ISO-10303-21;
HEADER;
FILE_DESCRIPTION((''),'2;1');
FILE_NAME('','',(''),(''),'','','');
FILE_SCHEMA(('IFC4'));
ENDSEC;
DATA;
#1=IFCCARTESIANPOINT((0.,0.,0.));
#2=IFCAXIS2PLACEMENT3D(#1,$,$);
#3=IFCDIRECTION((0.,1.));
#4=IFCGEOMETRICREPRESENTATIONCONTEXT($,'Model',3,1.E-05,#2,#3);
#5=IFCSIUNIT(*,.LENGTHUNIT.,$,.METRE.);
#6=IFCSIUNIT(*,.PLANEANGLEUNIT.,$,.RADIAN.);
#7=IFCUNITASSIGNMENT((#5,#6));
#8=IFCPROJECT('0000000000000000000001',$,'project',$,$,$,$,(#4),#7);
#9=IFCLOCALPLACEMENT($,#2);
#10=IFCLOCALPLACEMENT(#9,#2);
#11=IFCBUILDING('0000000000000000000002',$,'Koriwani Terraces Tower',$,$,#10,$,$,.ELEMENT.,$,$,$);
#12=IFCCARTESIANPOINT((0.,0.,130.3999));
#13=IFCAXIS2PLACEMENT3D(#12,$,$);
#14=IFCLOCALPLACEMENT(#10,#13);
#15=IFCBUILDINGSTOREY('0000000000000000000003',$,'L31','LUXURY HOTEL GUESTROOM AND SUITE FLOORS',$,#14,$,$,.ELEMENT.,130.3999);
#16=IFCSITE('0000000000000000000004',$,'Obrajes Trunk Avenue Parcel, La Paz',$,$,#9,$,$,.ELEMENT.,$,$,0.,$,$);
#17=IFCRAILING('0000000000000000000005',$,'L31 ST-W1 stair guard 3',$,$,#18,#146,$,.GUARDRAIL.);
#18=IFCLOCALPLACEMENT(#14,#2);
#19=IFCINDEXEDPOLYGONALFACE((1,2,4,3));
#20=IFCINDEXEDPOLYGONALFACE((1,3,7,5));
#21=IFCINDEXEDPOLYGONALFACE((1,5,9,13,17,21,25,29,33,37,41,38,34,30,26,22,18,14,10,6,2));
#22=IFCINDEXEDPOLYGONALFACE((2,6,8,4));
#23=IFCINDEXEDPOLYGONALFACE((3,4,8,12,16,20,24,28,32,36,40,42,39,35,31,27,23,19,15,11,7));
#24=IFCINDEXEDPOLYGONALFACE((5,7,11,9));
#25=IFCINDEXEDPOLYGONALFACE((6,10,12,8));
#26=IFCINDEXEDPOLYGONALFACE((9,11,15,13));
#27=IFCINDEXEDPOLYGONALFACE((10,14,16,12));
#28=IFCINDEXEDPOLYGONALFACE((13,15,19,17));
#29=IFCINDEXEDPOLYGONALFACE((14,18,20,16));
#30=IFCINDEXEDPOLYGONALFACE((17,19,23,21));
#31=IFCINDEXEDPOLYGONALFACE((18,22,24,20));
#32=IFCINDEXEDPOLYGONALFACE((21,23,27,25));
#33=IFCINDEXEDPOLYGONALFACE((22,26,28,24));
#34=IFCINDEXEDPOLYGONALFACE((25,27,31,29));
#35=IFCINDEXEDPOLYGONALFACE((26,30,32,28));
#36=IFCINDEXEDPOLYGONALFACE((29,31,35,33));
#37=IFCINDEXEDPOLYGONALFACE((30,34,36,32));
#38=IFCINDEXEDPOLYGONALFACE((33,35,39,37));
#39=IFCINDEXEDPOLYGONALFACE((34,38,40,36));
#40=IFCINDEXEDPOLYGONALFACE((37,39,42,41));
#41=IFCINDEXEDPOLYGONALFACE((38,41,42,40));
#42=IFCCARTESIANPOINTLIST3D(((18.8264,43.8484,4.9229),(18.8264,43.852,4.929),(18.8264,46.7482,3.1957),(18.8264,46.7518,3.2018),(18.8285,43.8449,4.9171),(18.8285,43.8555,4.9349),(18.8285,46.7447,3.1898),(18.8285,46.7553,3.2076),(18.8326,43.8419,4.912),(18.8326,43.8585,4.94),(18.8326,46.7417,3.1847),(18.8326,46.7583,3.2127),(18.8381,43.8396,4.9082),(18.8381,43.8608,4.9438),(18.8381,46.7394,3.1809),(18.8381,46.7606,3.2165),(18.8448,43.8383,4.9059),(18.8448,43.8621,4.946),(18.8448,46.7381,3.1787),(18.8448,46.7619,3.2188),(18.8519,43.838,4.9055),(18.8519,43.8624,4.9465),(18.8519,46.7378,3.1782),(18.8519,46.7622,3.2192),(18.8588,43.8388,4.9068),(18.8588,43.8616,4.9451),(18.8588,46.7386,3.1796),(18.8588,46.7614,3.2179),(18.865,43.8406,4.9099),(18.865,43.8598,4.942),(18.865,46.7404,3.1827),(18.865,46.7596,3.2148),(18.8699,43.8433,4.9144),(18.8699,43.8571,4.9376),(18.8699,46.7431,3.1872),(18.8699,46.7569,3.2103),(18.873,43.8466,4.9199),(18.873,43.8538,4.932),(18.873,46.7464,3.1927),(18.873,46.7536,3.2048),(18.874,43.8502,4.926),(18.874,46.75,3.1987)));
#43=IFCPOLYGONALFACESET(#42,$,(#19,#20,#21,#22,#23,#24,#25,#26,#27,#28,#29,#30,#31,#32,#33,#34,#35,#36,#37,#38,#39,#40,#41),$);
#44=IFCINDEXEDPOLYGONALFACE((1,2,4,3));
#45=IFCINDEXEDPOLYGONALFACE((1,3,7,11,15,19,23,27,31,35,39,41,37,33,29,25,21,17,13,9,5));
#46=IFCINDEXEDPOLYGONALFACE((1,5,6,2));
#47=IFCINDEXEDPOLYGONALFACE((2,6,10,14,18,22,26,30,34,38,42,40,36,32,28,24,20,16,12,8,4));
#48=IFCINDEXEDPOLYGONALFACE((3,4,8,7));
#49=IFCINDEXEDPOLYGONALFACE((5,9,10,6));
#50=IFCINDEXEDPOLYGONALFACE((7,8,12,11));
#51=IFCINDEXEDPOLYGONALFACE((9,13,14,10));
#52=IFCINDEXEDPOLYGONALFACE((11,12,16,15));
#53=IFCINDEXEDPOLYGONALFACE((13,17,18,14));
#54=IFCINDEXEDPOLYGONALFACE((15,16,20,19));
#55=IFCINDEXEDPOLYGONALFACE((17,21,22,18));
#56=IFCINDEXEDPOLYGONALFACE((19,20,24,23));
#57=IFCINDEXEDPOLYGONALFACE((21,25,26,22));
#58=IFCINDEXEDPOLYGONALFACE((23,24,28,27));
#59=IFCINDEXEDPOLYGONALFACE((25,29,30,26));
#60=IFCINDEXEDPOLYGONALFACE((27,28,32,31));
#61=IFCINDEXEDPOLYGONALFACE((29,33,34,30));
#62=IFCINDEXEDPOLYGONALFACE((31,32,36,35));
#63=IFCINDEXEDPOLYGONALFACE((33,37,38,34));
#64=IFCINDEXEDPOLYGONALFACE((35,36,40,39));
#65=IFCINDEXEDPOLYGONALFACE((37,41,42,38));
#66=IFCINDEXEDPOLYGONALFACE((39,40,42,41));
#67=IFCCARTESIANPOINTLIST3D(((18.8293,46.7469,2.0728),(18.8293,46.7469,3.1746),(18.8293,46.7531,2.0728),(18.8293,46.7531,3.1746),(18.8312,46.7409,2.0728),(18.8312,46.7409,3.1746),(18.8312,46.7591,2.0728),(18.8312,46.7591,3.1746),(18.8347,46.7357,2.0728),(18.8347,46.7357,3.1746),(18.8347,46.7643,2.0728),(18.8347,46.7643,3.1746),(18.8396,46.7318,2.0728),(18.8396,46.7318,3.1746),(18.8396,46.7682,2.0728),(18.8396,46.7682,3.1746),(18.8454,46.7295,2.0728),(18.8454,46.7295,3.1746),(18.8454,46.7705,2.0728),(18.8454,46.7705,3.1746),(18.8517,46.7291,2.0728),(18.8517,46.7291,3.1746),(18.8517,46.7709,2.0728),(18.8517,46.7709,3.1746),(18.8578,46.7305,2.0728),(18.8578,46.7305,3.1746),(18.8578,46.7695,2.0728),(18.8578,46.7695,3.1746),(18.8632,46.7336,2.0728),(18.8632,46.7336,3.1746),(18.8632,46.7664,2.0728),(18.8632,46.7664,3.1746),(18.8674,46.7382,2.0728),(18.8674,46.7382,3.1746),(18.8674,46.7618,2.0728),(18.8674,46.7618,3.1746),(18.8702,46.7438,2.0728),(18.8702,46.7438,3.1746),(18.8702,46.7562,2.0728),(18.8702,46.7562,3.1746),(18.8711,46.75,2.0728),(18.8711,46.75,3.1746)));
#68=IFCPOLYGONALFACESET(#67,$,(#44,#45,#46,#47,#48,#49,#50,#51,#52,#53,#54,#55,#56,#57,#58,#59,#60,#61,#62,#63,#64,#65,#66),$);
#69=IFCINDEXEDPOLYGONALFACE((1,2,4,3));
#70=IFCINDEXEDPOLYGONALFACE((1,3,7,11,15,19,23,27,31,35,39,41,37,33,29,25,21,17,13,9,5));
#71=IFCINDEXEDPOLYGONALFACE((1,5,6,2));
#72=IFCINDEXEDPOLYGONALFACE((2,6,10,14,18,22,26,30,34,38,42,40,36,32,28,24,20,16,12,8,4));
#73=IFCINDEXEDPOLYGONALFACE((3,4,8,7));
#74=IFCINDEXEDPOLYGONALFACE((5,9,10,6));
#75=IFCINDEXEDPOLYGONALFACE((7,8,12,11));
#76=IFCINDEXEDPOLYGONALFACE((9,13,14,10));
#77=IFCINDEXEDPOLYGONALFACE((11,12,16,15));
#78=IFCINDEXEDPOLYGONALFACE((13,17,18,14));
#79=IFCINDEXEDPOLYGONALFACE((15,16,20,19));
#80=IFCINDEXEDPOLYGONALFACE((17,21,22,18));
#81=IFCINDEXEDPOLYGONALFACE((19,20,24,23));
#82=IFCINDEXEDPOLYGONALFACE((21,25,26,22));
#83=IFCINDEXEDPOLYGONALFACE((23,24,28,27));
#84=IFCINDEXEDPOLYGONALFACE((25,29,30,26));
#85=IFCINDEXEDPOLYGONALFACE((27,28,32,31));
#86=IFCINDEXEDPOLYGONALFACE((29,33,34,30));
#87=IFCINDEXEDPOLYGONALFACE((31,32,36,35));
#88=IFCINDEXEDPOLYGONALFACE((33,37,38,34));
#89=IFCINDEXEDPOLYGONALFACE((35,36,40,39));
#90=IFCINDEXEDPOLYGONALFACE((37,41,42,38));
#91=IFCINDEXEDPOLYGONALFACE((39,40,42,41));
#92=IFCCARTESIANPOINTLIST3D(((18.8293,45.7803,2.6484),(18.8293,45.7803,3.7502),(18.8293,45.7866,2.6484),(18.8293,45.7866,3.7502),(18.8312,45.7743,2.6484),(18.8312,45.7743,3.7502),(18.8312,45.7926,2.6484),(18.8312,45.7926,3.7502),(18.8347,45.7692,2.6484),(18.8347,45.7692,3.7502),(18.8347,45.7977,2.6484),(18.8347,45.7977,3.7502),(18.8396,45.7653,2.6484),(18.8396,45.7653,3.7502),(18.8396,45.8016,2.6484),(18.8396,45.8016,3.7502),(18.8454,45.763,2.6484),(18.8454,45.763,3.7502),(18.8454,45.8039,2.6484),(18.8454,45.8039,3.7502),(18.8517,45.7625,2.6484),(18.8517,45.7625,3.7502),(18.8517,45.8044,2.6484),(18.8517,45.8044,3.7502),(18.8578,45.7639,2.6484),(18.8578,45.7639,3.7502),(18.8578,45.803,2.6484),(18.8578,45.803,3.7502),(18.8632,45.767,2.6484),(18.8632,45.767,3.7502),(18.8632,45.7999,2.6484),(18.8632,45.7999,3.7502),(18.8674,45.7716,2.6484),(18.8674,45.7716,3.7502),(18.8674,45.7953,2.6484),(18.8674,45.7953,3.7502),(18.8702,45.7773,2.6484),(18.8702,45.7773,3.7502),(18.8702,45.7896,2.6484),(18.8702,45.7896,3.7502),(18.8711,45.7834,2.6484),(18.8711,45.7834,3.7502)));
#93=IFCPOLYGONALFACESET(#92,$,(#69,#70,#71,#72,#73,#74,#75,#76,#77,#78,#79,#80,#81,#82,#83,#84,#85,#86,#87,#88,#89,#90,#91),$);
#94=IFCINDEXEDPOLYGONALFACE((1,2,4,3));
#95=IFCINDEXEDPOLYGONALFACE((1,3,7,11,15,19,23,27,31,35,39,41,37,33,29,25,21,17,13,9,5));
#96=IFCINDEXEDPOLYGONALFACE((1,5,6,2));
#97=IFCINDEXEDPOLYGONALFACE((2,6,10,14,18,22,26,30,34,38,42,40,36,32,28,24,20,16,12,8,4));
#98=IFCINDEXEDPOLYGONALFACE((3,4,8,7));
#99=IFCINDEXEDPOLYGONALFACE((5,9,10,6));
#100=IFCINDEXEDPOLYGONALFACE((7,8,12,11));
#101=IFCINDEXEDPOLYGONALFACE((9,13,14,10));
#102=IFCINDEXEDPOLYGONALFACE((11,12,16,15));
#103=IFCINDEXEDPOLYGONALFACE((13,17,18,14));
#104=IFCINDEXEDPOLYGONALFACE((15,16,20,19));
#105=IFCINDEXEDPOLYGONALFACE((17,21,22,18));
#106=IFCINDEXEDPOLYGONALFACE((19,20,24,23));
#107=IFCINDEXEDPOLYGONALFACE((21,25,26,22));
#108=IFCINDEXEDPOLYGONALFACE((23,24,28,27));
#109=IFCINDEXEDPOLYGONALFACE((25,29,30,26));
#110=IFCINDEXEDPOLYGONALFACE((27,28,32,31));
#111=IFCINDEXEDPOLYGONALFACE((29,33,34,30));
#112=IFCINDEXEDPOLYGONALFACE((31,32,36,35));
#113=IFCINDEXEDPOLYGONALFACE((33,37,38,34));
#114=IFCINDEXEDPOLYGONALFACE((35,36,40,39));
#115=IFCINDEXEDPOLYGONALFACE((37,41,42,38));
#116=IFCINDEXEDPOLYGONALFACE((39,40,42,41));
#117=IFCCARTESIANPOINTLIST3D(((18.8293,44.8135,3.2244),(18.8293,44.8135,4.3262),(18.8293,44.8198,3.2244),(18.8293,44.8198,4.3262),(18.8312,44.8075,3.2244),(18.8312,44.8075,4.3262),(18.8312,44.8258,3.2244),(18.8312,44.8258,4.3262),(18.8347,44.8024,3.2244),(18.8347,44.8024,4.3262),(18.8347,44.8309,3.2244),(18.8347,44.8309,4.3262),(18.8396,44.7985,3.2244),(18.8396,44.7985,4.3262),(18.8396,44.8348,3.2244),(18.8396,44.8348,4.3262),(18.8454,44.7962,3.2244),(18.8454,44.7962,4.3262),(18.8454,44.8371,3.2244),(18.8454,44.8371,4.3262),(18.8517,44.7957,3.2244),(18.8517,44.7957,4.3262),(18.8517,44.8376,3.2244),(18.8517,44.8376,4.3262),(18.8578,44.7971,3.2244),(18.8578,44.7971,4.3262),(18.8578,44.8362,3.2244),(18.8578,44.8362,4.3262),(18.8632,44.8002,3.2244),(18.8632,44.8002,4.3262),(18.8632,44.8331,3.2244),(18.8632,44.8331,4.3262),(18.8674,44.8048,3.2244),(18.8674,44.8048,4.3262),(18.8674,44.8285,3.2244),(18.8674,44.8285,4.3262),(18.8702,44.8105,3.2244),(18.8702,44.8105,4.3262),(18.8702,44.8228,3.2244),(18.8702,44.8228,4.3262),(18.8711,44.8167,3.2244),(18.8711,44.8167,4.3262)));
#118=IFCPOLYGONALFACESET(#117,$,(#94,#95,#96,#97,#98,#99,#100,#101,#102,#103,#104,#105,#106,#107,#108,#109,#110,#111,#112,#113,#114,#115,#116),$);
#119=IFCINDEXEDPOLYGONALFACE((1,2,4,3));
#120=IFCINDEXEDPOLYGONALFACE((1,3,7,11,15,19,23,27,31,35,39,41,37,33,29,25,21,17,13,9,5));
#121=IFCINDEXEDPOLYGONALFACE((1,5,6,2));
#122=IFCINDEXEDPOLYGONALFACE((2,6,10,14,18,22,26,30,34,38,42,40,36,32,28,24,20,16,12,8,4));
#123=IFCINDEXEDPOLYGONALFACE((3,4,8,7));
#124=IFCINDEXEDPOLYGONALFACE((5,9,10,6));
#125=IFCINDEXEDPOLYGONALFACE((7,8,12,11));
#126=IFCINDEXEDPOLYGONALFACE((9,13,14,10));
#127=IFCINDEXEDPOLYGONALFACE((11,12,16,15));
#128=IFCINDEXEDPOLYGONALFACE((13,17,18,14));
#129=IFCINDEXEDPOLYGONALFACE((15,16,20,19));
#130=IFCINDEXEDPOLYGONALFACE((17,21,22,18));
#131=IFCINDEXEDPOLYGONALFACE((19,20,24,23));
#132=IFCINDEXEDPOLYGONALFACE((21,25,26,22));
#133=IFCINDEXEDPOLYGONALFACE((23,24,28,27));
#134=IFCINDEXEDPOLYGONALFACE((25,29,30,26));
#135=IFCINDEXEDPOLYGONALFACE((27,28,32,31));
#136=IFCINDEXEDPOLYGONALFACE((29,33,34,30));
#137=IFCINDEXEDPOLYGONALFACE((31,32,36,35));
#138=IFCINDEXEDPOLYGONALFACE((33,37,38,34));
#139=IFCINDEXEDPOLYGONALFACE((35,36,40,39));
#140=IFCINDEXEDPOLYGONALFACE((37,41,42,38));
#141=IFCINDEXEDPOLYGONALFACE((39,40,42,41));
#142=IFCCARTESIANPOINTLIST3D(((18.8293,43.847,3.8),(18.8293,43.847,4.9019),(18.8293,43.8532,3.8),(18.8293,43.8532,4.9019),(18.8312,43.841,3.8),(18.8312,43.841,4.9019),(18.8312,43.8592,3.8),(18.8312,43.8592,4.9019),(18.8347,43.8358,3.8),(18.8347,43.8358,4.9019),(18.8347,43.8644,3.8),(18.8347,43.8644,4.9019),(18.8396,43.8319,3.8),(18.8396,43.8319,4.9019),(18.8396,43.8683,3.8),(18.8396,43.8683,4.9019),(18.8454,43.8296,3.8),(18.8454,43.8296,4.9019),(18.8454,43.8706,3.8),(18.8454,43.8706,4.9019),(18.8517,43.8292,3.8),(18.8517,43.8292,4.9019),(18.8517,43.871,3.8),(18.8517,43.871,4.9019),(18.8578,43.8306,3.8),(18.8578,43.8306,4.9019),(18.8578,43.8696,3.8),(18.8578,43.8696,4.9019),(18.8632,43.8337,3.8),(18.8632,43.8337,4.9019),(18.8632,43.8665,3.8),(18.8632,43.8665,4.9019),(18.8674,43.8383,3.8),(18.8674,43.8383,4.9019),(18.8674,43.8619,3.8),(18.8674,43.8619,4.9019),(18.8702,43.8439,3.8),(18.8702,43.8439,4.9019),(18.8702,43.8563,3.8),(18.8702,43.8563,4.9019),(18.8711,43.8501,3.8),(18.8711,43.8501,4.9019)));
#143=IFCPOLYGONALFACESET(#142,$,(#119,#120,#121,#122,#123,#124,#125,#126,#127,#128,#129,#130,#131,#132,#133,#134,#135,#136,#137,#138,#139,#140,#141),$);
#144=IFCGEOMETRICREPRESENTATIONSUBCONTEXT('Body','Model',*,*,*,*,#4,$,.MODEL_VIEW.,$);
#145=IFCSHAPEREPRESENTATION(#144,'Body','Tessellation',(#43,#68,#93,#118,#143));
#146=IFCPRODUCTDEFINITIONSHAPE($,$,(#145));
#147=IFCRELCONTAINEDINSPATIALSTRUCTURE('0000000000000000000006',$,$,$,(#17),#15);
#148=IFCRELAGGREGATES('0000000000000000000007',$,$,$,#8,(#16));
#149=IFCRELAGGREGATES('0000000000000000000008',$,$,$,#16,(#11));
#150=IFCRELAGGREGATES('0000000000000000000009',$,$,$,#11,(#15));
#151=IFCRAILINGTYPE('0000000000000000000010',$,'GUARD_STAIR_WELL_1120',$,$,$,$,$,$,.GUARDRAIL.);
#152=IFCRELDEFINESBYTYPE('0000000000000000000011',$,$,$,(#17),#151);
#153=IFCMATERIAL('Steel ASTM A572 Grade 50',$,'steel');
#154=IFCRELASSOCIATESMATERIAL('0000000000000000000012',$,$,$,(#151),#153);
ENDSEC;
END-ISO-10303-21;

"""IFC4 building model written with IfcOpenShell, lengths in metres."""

from ifc_helpers import new_model, si_unit, direction, frame, origin, origin_2d, place, context, subcontext, project, spatial, circle, extrude, material, type_object, element, save


model = new_model("IFC4")

# Units and contexts
model_context = context("Model", 3, precision=1e-05, world=origin(), true_north=direction((0.0, 1.0)))
body_context = subcontext(model_context, "Body", "Model", "MODEL_VIEW")
ifc_project = project(units=[si_unit("LENGTHUNIT", "METRE"), si_unit("PLANEANGLEUNIT", "RADIAN")], contexts=[model_context])

# Site, building, storey
site_placement = place(None, origin())
site = spatial("IfcSite", under=ifc_project, at=site_placement, Name="Obrajes Trunk Avenue Parcel, La Paz", CompositionType="ELEMENT", RefElevation=0.0)
building_placement = place(site_placement, origin())
building = spatial("IfcBuilding", under=site, at=building_placement, Name="Koriwani Terraces Tower", CompositionType="ELEMENT")
storey_placement = place(building_placement, frame((0.0, 0.0, 130.3999)))
storey = spatial("IfcBuildingStorey", under=building, at=storey_placement, Name="L31", Description="LUXURY HOTEL GUESTROOM AND SUITE FLOORS", CompositionType="ELEMENT", Elevation=130.3999)

# Shared definitions
ifc_material_1 = material(Name="Steel ASTM A572 Grade 50", Category="steel")

# Railing
railing_type_1 = type_object("IfcRailingType", Name="GUARD_STAIR_WELL_1120", PredefinedType="GUARDRAIL", material=ifc_material_1)
railing_1_placement = place(storey_placement, frame((18.8501, 46.75, 2.0728)))
element("IfcRailing", 1, at=railing_1_placement, inside=storey, type_object=railing_type_1, Name="L31 ST-W1 stair guard 3", PredefinedType="GUARDRAIL", context=body_context, shape_type="SweptSolid", body=[
    extrude(circle(Radius=0.0239, at=origin_2d()), frame((0.0, 0.0, 1.126), z_axis=(0.0, -0.859141, 0.511738), x_axis=(1.0, 0.0, 0.0)), (0.0, 0.0, 1.0), 3.3752),
    extrude(circle(Radius=0.021, at=origin_2d()), origin(), (0.0, 0.0, 1.0), 1.1018),
    extrude(circle(Radius=0.021, at=origin_2d()), frame((0.0, -0.9666, 0.5757)), (0.0, 0.0, 1.0), 1.1018),
    extrude(circle(Radius=0.021, at=origin_2d()), frame((0.0, -1.9333, 1.1516)), (0.0, 0.0, 1.0), 1.1018),
    extrude(circle(Radius=0.021, at=origin_2d()), frame((0.0, -2.8999, 1.7273)), (0.0, 0.0, 1.0), 1.1018),
])

save(model, "model.ifc")
